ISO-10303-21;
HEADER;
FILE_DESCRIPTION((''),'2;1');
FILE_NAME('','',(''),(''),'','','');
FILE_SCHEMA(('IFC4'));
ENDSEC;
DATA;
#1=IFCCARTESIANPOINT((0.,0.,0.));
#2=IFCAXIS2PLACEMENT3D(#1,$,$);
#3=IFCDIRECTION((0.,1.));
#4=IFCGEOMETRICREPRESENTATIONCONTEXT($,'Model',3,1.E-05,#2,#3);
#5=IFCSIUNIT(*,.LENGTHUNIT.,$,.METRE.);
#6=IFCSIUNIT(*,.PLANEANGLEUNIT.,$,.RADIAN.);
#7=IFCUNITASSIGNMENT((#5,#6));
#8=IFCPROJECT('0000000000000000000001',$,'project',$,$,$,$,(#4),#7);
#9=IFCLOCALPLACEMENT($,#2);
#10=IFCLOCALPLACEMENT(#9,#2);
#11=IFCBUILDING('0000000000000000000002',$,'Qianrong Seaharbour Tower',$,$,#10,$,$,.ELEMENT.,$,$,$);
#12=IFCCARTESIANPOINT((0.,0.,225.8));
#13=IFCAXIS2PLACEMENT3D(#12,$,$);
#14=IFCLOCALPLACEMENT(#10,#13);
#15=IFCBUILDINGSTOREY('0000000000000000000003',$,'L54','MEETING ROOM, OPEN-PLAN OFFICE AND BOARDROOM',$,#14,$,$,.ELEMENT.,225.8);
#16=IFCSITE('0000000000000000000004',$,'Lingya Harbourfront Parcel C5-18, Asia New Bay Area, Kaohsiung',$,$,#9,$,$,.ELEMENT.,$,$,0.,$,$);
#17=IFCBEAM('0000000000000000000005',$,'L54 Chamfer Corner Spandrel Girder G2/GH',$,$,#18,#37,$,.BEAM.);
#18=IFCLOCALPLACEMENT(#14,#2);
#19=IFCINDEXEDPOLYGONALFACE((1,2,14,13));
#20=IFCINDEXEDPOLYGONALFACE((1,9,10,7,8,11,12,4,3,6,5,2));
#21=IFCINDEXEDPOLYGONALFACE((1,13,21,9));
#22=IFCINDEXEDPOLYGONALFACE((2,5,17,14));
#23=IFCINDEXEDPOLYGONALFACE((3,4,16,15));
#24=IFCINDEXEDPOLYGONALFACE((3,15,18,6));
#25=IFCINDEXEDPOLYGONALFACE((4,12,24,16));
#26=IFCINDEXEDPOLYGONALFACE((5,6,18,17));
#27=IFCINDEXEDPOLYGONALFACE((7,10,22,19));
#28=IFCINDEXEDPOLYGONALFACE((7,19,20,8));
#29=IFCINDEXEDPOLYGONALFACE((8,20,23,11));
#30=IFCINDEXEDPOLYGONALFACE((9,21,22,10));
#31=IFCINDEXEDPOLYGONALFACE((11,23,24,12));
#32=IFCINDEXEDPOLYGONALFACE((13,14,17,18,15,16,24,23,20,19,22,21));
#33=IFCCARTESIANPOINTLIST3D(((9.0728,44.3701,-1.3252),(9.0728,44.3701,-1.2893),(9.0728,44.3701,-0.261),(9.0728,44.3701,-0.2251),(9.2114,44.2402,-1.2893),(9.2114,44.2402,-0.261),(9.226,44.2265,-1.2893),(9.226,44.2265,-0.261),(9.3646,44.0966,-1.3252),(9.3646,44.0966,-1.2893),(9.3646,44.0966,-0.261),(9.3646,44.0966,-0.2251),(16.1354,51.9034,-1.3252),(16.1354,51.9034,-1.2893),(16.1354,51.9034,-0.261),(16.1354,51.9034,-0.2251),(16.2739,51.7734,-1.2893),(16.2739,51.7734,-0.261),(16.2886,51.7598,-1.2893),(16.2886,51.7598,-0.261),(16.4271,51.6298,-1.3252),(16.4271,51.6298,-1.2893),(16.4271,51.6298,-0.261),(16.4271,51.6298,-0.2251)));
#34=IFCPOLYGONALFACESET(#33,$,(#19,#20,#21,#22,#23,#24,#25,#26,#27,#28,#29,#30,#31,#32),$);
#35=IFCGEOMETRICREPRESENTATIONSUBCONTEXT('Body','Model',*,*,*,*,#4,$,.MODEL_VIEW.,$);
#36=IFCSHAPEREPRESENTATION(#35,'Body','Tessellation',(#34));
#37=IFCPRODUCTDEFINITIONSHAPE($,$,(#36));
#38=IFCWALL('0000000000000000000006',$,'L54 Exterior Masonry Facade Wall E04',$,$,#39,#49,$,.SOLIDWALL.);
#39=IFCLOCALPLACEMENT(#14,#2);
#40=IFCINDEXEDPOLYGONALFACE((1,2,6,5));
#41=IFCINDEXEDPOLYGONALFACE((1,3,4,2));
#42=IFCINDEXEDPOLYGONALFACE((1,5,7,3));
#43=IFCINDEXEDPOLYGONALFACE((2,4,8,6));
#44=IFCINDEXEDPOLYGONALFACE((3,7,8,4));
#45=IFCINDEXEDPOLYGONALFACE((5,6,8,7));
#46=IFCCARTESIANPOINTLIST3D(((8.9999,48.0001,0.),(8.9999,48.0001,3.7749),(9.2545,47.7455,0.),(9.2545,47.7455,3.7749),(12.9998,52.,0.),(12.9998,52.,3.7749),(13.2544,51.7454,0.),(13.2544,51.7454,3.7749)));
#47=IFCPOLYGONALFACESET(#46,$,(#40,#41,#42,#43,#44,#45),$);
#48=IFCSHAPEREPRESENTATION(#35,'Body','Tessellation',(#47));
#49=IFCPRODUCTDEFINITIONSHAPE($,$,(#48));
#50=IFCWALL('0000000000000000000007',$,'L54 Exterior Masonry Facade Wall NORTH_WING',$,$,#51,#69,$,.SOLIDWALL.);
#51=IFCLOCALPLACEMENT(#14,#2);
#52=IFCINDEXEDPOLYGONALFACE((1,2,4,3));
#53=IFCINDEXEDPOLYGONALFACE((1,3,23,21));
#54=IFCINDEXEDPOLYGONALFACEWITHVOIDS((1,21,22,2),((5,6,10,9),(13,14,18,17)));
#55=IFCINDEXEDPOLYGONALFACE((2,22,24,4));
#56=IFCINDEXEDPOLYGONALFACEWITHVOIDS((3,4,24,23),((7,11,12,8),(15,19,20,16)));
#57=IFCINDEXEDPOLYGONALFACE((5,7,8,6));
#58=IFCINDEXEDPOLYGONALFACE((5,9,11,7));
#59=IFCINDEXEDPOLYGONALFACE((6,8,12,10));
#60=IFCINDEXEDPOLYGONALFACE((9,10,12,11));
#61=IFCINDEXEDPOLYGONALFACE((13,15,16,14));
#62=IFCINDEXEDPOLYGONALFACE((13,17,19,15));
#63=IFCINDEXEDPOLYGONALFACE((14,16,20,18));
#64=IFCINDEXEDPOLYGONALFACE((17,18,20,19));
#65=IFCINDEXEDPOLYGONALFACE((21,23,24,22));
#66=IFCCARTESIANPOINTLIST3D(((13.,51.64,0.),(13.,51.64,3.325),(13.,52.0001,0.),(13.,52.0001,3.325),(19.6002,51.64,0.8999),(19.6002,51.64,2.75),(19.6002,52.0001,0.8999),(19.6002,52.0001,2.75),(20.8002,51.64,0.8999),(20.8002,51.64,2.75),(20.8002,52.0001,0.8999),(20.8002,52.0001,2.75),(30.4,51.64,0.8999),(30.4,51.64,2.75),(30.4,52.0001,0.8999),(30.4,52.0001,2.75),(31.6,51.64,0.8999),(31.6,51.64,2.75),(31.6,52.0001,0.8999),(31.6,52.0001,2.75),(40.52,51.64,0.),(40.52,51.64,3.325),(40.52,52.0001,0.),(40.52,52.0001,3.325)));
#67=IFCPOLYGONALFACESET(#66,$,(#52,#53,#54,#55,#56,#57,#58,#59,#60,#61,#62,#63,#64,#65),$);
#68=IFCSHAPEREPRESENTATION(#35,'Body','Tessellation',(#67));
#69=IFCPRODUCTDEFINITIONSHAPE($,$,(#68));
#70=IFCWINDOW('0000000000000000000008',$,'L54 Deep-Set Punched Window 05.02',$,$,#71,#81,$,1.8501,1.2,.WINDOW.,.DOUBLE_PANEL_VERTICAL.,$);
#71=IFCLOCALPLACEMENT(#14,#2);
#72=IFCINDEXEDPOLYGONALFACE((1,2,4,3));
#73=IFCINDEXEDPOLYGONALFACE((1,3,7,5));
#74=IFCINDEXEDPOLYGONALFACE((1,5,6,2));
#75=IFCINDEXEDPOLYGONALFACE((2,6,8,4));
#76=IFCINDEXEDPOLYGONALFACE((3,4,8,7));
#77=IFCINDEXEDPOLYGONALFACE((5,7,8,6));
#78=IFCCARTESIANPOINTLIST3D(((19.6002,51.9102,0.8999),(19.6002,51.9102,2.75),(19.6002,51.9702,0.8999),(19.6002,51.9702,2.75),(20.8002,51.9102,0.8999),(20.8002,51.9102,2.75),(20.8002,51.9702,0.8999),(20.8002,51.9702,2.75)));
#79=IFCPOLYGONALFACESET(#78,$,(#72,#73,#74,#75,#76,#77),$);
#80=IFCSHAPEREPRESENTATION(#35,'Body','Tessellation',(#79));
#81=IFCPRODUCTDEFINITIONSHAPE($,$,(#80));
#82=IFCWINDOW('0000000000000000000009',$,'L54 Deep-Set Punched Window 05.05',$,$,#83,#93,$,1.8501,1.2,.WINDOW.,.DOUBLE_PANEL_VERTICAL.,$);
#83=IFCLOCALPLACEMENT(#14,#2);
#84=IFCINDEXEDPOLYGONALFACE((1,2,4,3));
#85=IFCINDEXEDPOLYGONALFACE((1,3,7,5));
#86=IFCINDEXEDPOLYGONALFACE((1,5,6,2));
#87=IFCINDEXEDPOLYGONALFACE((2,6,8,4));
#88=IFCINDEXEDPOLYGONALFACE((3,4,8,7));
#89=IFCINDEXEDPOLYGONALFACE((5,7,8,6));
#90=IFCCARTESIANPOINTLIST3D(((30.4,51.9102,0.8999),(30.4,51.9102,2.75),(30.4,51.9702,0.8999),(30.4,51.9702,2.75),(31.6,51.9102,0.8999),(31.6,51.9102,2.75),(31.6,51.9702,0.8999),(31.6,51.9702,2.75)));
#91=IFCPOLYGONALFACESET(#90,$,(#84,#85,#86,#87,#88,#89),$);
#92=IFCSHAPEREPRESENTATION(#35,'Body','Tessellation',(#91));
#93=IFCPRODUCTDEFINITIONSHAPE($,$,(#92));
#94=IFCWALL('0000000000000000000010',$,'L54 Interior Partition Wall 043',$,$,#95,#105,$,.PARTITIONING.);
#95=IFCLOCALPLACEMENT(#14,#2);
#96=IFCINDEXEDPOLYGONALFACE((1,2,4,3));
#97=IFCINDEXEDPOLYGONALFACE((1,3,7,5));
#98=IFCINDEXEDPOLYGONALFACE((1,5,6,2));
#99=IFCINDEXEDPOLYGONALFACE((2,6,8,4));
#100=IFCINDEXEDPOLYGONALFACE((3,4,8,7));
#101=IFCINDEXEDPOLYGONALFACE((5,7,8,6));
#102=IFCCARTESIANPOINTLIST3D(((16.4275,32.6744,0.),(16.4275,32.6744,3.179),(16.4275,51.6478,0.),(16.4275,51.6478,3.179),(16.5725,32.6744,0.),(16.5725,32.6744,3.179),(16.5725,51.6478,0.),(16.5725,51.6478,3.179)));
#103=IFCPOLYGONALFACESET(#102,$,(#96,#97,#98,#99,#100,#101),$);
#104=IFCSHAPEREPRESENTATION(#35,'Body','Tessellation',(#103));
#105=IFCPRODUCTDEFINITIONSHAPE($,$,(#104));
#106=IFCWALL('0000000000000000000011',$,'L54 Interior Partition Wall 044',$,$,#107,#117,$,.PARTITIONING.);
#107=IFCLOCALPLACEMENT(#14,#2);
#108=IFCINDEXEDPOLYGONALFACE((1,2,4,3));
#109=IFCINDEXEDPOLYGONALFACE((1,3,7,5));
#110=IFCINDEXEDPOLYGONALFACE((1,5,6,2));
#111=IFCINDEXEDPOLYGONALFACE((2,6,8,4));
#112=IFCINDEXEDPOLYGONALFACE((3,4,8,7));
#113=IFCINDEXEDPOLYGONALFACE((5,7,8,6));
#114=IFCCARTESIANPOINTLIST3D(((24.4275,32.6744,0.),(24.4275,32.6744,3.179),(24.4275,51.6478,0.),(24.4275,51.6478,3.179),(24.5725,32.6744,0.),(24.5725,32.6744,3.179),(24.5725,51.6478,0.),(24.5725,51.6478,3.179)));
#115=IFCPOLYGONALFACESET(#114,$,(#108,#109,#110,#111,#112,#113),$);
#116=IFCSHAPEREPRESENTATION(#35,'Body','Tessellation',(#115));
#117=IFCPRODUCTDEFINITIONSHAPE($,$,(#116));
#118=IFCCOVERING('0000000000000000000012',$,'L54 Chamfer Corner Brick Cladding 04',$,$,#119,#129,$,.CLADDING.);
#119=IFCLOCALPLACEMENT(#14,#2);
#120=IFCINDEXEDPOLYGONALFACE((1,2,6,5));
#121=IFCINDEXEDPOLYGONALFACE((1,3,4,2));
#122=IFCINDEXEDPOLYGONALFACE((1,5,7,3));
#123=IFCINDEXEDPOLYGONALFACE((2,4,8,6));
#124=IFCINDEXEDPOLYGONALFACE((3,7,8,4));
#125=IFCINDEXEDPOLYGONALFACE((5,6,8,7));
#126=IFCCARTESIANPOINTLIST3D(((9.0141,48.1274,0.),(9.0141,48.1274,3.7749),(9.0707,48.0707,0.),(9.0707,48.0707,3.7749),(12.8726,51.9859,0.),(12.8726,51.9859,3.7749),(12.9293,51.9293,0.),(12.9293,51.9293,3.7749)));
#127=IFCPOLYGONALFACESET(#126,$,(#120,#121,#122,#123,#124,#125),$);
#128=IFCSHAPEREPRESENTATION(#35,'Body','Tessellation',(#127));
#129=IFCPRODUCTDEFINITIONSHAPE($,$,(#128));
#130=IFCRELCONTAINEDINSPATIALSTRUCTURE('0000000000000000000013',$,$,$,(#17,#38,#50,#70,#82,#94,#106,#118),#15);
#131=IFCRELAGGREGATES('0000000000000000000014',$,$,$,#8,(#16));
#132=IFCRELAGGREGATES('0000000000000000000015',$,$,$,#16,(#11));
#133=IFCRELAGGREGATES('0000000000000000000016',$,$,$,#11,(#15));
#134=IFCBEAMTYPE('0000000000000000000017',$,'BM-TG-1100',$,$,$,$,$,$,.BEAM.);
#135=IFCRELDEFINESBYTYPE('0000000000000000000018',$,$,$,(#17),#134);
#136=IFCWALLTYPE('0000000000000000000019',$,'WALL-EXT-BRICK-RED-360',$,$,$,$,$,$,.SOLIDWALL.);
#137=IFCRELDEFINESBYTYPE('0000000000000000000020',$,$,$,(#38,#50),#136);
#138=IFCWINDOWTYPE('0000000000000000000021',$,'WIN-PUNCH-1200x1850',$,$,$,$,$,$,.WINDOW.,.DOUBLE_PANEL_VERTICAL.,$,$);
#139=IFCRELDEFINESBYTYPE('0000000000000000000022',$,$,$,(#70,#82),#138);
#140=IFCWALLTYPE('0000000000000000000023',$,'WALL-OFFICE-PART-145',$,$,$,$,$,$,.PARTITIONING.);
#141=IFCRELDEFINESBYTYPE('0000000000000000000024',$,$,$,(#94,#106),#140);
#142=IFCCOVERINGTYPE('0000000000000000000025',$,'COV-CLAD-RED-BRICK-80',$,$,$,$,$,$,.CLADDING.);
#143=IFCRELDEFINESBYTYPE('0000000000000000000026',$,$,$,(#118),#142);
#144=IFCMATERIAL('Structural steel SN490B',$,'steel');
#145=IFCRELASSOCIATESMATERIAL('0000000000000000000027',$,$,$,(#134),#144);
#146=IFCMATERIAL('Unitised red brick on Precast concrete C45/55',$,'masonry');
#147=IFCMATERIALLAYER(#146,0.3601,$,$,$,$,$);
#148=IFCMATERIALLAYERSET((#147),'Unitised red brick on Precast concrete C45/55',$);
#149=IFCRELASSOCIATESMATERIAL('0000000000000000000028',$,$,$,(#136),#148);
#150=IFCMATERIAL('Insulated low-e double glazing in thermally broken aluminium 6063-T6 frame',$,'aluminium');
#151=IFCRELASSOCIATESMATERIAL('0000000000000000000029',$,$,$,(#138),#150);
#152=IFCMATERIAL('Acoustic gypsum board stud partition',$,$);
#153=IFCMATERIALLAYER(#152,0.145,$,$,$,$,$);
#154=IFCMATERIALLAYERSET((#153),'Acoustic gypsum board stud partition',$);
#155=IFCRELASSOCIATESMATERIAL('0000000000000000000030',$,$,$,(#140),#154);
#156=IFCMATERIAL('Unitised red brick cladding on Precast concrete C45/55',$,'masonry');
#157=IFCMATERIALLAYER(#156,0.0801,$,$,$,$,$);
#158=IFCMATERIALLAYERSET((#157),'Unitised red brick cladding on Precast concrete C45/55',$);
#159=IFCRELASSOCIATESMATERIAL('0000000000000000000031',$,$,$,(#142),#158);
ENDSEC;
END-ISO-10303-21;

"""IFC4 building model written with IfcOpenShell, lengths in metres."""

from ifc_helpers import new_model, si_unit, direction, frame, frame_2d, origin, origin_2d, place, context, subcontext, project, spatial, rectangle, i_section, extrude, material, layer, layer_set, material_profile, profile_set, type_object, element, fill, save


model = new_model("IFC4")

# Units and contexts
model_context = context("Model", 3, precision=1e-05, world=origin(), true_north=direction((0.0, 1.0)))
body_context = subcontext(model_context, "Body", "Model", "MODEL_VIEW")
ifc_project = project(units=[si_unit("LENGTHUNIT", "METRE"), si_unit("PLANEANGLEUNIT", "RADIAN")], contexts=[model_context])

# Site, building, storey
site_placement = place(None, origin())
site = spatial("IfcSite", under=ifc_project, at=site_placement, Name="Lingya Harbourfront Parcel C5-18, Asia New Bay Area, Kaohsiung", CompositionType="ELEMENT", RefElevation=0.0)
building_placement = place(site_placement, origin())
building = spatial("IfcBuilding", under=site, at=building_placement, Name="Qianrong Seaharbour Tower", CompositionType="ELEMENT")
storey_placement = place(building_placement, frame((0.0, 0.0, 225.8)))
storey = spatial("IfcBuildingStorey", under=building, at=storey_placement, Name="L54", Description="MEETING ROOM, OPEN-PLAN OFFICE AND BOARDROOM", CompositionType="ELEMENT", Elevation=225.8)

# Shared definitions
ifc_material_1 = material(Name="Structural steel SN490B", Category="steel")

# Beam
ifc_material_profile_1 = material_profile(ifc_material_1, i_section(OverallWidth=0.3999, OverallDepth=1.1001, WebThickness=0.02, FlangeThickness=0.0359, at=origin_2d()), Name="BH1100x400x20x36")
ifc_profile_set_1 = profile_set([ifc_material_profile_1], Name="Structural steel SN490B")
beam_type_1 = type_object("IfcBeamType", Name="BM-TG-1100", PredefinedType="BEAM", material=ifc_profile_set_1)
beam_1_placement = place(storey_placement, frame((16.2812, 51.7666, -0.7751), z_axis=(-0.683947, -0.729531, 0.0), x_axis=(0.729531, -0.683947, 0.0)))
element("IfcBeam", 1, at=beam_1_placement, inside=storey, type_object=beam_type_1, Name="L54 Chamfer Corner Spandrel Girder G2/GH", PredefinedType="BEAM", context=body_context, shape_type="SweptSolid", body=[
    extrude(i_section(OverallWidth=0.3999, OverallDepth=1.1001, WebThickness=0.02, FlangeThickness=0.0359, at=origin_2d()), origin(), (0.0, 0.0, 1.0), 10.3262),
])

# Wall
ifc_material_2 = material(Name="Unitised red brick on Precast concrete C45/55", Category="masonry")
ifc_layer_1 = layer(ifc_material_2, 0.3601)
ifc_layer_set_1 = layer_set([ifc_layer_1], Name="Unitised red brick on Precast concrete C45/55")
wall_type_1 = type_object("IfcWallType", Name="WALL-EXT-BRICK-RED-360", PredefinedType="SOLIDWALL", material=ifc_layer_set_1)
wall_1_placement = place(storey_placement, frame((9.1272, 47.8728, 0.0), z_axis=(0.0, 0.0, 1.0), x_axis=(0.707107, 0.707107, 0.0)))
element("IfcWall", 2, at=wall_1_placement, inside=storey, type_object=wall_type_1, Name="L54 Exterior Masonry Facade Wall E04", PredefinedType="SOLIDWALL", context=body_context, shape_type="SweptSolid", body=[
    extrude(rectangle(XDim=5.6567, YDim=0.3601, at=frame_2d((2.8284, 0.0))), origin(), (0.0, 0.0, 1.0), 3.7749),
])

# Wall, openings, windows
wall_2_placement = place(storey_placement, frame((13.0, 51.8201, 0.0), z_axis=(0.0, 0.0, 1.0), x_axis=(1.0, 0.0, 0.0)))
wall_2 = element("IfcWall", 3, at=wall_2_placement, inside=storey, type_object=wall_type_1, Name="L54 Exterior Masonry Facade Wall NORTH_WING", PredefinedType="SOLIDWALL", context=body_context, shape_type="SweptSolid", body=[
    extrude(rectangle(XDim=27.52, YDim=0.3601, at=frame_2d((13.76, 0.0))), origin(), (0.0, 0.0, 1.0), 3.325),
])
opening_1_placement = place(wall_2_placement, frame((6.6001, 0.0, 0.8999)))
opening_1 = element("IfcOpeningElement", 4, at=opening_1_placement, cuts=wall_2, PredefinedType="OPENING", context=body_context, shape_type="SweptSolid", body=[
    extrude(rectangle(XDim=1.2, YDim=1.8501, at=frame_2d((0.6001, 0.925))), frame((0.0, 0.1899, 0.0), z_axis=(0.0, -1.0, 0.0), x_axis=(1.0, 0.0, 0.0)), (0.0, 0.0, 1.0), 0.3801),
])
opening_2_placement = place(wall_2_placement, frame((17.3999, 0.0, 0.8999)))
opening_2 = element("IfcOpeningElement", 5, at=opening_2_placement, cuts=wall_2, PredefinedType="OPENING", context=body_context, shape_type="SweptSolid", body=[
    extrude(rectangle(XDim=1.2, YDim=1.8501, at=frame_2d((0.6001, 0.925))), frame((0.0, 0.1899, 0.0), z_axis=(0.0, -1.0, 0.0), x_axis=(1.0, 0.0, 0.0)), (0.0, 0.0, 1.0), 0.3801),
])
ifc_material_3 = material(Name="Insulated low-e double glazing in thermally broken aluminium 6063-T6 frame", Category="aluminium")
window_type = type_object("IfcWindowType", Name="WIN-PUNCH-1200x1850", PartitioningType="DOUBLE_PANEL_VERTICAL", PredefinedType="WINDOW", material=ifc_material_3)
window_1_placement = place(opening_1_placement, origin())
window_1 = element("IfcWindow", 6, at=window_1_placement, inside=storey, type_object=window_type, Name="L54 Deep-Set Punched Window 05.02", OverallHeight=1.8501, OverallWidth=1.2, PartitioningType="DOUBLE_PANEL_VERTICAL", PredefinedType="WINDOW", context=body_context, shape_type="SweptSolid", body=[
    extrude(rectangle(XDim=1.2, YDim=1.8501, at=frame_2d((0.6001, 0.925))), frame((0.0, 0.1501, 0.0), z_axis=(0.0, -1.0, 0.0), x_axis=(1.0, 0.0, 0.0)), (0.0, 0.0, 1.0), 0.0601),
])
fill(opening_1, window_1)
window_2_placement = place(opening_2_placement, origin())
window_2 = element("IfcWindow", 7, at=window_2_placement, inside=storey, type_object=window_type, Name="L54 Deep-Set Punched Window 05.05", OverallHeight=1.8501, OverallWidth=1.2, PartitioningType="DOUBLE_PANEL_VERTICAL", PredefinedType="WINDOW", context=body_context, shape_type="SweptSolid", body=[
    extrude(rectangle(XDim=1.2, YDim=1.8501, at=frame_2d((0.6001, 0.925))), frame((0.0, 0.1501, 0.0), z_axis=(0.0, -1.0, 0.0), x_axis=(1.0, 0.0, 0.0)), (0.0, 0.0, 1.0), 0.0601),
])
fill(opening_2, window_2)

# Walls
ifc_material_4 = material(Name="Acoustic gypsum board stud partition")
ifc_layer_2 = layer(ifc_material_4, 0.145)
ifc_layer_set_2 = layer_set([ifc_layer_2], Name="Acoustic gypsum board stud partition")
wall_type_2 = type_object("IfcWallType", Name="WALL-OFFICE-PART-145", PredefinedType="PARTITIONING", material=ifc_layer_set_2)
for number, where, z_axis, x_axis, name in (
    (8, (16.5, 51.6479, 0.0), (0.0, 0.0, 1.0), (0.0, -1.0, 0.0), "L54 Interior Partition Wall 043"),
    (9, (24.5, 51.6479, 0.0), (0.0, 0.0, 1.0), (0.0, -1.0, 0.0), "L54 Interior Partition Wall 044"),
):
    element("IfcWall", number, at=place(storey_placement, frame(where, z_axis=z_axis, x_axis=x_axis)), inside=storey, type_object=wall_type_2, Name=name, PredefinedType="PARTITIONING", context=body_context, shape_type="SweptSolid", body=[
        extrude(rectangle(XDim=18.9734, YDim=0.145, at=frame_2d((9.4868, 0.0))), origin(), (0.0, 0.0, 1.0), 3.179),
    ])

# Covering
ifc_material_5 = material(Name="Unitised red brick cladding on Precast concrete C45/55", Category="masonry")
ifc_layer_3 = layer(ifc_material_5, 0.0801)
ifc_layer_set_3 = layer_set([ifc_layer_3], Name="Unitised red brick cladding on Precast concrete C45/55")
covering_type = type_object("IfcCoveringType", Name="COV-CLAD-RED-BRICK-80", PredefinedType="CLADDING", material=ifc_layer_set_3)
covering_placement = place(storey_placement, frame((10.9717, 50.0283, 0.0), z_axis=(0.0, 0.0, 1.0), x_axis=(0.707107, 0.707107, 0.0)))
element("IfcCovering", 10, at=covering_placement, inside=storey, type_object=covering_type, Name="L54 Chamfer Corner Brick Cladding 04", PredefinedType="CLADDING", context=body_context, shape_type="SweptSolid", body=[
    extrude(rectangle(XDim=5.4568, YDim=0.0801, at=origin_2d()), origin(), (0.0, 0.0, 1.0), 3.7749),
])

save(model, "model.ifc")
